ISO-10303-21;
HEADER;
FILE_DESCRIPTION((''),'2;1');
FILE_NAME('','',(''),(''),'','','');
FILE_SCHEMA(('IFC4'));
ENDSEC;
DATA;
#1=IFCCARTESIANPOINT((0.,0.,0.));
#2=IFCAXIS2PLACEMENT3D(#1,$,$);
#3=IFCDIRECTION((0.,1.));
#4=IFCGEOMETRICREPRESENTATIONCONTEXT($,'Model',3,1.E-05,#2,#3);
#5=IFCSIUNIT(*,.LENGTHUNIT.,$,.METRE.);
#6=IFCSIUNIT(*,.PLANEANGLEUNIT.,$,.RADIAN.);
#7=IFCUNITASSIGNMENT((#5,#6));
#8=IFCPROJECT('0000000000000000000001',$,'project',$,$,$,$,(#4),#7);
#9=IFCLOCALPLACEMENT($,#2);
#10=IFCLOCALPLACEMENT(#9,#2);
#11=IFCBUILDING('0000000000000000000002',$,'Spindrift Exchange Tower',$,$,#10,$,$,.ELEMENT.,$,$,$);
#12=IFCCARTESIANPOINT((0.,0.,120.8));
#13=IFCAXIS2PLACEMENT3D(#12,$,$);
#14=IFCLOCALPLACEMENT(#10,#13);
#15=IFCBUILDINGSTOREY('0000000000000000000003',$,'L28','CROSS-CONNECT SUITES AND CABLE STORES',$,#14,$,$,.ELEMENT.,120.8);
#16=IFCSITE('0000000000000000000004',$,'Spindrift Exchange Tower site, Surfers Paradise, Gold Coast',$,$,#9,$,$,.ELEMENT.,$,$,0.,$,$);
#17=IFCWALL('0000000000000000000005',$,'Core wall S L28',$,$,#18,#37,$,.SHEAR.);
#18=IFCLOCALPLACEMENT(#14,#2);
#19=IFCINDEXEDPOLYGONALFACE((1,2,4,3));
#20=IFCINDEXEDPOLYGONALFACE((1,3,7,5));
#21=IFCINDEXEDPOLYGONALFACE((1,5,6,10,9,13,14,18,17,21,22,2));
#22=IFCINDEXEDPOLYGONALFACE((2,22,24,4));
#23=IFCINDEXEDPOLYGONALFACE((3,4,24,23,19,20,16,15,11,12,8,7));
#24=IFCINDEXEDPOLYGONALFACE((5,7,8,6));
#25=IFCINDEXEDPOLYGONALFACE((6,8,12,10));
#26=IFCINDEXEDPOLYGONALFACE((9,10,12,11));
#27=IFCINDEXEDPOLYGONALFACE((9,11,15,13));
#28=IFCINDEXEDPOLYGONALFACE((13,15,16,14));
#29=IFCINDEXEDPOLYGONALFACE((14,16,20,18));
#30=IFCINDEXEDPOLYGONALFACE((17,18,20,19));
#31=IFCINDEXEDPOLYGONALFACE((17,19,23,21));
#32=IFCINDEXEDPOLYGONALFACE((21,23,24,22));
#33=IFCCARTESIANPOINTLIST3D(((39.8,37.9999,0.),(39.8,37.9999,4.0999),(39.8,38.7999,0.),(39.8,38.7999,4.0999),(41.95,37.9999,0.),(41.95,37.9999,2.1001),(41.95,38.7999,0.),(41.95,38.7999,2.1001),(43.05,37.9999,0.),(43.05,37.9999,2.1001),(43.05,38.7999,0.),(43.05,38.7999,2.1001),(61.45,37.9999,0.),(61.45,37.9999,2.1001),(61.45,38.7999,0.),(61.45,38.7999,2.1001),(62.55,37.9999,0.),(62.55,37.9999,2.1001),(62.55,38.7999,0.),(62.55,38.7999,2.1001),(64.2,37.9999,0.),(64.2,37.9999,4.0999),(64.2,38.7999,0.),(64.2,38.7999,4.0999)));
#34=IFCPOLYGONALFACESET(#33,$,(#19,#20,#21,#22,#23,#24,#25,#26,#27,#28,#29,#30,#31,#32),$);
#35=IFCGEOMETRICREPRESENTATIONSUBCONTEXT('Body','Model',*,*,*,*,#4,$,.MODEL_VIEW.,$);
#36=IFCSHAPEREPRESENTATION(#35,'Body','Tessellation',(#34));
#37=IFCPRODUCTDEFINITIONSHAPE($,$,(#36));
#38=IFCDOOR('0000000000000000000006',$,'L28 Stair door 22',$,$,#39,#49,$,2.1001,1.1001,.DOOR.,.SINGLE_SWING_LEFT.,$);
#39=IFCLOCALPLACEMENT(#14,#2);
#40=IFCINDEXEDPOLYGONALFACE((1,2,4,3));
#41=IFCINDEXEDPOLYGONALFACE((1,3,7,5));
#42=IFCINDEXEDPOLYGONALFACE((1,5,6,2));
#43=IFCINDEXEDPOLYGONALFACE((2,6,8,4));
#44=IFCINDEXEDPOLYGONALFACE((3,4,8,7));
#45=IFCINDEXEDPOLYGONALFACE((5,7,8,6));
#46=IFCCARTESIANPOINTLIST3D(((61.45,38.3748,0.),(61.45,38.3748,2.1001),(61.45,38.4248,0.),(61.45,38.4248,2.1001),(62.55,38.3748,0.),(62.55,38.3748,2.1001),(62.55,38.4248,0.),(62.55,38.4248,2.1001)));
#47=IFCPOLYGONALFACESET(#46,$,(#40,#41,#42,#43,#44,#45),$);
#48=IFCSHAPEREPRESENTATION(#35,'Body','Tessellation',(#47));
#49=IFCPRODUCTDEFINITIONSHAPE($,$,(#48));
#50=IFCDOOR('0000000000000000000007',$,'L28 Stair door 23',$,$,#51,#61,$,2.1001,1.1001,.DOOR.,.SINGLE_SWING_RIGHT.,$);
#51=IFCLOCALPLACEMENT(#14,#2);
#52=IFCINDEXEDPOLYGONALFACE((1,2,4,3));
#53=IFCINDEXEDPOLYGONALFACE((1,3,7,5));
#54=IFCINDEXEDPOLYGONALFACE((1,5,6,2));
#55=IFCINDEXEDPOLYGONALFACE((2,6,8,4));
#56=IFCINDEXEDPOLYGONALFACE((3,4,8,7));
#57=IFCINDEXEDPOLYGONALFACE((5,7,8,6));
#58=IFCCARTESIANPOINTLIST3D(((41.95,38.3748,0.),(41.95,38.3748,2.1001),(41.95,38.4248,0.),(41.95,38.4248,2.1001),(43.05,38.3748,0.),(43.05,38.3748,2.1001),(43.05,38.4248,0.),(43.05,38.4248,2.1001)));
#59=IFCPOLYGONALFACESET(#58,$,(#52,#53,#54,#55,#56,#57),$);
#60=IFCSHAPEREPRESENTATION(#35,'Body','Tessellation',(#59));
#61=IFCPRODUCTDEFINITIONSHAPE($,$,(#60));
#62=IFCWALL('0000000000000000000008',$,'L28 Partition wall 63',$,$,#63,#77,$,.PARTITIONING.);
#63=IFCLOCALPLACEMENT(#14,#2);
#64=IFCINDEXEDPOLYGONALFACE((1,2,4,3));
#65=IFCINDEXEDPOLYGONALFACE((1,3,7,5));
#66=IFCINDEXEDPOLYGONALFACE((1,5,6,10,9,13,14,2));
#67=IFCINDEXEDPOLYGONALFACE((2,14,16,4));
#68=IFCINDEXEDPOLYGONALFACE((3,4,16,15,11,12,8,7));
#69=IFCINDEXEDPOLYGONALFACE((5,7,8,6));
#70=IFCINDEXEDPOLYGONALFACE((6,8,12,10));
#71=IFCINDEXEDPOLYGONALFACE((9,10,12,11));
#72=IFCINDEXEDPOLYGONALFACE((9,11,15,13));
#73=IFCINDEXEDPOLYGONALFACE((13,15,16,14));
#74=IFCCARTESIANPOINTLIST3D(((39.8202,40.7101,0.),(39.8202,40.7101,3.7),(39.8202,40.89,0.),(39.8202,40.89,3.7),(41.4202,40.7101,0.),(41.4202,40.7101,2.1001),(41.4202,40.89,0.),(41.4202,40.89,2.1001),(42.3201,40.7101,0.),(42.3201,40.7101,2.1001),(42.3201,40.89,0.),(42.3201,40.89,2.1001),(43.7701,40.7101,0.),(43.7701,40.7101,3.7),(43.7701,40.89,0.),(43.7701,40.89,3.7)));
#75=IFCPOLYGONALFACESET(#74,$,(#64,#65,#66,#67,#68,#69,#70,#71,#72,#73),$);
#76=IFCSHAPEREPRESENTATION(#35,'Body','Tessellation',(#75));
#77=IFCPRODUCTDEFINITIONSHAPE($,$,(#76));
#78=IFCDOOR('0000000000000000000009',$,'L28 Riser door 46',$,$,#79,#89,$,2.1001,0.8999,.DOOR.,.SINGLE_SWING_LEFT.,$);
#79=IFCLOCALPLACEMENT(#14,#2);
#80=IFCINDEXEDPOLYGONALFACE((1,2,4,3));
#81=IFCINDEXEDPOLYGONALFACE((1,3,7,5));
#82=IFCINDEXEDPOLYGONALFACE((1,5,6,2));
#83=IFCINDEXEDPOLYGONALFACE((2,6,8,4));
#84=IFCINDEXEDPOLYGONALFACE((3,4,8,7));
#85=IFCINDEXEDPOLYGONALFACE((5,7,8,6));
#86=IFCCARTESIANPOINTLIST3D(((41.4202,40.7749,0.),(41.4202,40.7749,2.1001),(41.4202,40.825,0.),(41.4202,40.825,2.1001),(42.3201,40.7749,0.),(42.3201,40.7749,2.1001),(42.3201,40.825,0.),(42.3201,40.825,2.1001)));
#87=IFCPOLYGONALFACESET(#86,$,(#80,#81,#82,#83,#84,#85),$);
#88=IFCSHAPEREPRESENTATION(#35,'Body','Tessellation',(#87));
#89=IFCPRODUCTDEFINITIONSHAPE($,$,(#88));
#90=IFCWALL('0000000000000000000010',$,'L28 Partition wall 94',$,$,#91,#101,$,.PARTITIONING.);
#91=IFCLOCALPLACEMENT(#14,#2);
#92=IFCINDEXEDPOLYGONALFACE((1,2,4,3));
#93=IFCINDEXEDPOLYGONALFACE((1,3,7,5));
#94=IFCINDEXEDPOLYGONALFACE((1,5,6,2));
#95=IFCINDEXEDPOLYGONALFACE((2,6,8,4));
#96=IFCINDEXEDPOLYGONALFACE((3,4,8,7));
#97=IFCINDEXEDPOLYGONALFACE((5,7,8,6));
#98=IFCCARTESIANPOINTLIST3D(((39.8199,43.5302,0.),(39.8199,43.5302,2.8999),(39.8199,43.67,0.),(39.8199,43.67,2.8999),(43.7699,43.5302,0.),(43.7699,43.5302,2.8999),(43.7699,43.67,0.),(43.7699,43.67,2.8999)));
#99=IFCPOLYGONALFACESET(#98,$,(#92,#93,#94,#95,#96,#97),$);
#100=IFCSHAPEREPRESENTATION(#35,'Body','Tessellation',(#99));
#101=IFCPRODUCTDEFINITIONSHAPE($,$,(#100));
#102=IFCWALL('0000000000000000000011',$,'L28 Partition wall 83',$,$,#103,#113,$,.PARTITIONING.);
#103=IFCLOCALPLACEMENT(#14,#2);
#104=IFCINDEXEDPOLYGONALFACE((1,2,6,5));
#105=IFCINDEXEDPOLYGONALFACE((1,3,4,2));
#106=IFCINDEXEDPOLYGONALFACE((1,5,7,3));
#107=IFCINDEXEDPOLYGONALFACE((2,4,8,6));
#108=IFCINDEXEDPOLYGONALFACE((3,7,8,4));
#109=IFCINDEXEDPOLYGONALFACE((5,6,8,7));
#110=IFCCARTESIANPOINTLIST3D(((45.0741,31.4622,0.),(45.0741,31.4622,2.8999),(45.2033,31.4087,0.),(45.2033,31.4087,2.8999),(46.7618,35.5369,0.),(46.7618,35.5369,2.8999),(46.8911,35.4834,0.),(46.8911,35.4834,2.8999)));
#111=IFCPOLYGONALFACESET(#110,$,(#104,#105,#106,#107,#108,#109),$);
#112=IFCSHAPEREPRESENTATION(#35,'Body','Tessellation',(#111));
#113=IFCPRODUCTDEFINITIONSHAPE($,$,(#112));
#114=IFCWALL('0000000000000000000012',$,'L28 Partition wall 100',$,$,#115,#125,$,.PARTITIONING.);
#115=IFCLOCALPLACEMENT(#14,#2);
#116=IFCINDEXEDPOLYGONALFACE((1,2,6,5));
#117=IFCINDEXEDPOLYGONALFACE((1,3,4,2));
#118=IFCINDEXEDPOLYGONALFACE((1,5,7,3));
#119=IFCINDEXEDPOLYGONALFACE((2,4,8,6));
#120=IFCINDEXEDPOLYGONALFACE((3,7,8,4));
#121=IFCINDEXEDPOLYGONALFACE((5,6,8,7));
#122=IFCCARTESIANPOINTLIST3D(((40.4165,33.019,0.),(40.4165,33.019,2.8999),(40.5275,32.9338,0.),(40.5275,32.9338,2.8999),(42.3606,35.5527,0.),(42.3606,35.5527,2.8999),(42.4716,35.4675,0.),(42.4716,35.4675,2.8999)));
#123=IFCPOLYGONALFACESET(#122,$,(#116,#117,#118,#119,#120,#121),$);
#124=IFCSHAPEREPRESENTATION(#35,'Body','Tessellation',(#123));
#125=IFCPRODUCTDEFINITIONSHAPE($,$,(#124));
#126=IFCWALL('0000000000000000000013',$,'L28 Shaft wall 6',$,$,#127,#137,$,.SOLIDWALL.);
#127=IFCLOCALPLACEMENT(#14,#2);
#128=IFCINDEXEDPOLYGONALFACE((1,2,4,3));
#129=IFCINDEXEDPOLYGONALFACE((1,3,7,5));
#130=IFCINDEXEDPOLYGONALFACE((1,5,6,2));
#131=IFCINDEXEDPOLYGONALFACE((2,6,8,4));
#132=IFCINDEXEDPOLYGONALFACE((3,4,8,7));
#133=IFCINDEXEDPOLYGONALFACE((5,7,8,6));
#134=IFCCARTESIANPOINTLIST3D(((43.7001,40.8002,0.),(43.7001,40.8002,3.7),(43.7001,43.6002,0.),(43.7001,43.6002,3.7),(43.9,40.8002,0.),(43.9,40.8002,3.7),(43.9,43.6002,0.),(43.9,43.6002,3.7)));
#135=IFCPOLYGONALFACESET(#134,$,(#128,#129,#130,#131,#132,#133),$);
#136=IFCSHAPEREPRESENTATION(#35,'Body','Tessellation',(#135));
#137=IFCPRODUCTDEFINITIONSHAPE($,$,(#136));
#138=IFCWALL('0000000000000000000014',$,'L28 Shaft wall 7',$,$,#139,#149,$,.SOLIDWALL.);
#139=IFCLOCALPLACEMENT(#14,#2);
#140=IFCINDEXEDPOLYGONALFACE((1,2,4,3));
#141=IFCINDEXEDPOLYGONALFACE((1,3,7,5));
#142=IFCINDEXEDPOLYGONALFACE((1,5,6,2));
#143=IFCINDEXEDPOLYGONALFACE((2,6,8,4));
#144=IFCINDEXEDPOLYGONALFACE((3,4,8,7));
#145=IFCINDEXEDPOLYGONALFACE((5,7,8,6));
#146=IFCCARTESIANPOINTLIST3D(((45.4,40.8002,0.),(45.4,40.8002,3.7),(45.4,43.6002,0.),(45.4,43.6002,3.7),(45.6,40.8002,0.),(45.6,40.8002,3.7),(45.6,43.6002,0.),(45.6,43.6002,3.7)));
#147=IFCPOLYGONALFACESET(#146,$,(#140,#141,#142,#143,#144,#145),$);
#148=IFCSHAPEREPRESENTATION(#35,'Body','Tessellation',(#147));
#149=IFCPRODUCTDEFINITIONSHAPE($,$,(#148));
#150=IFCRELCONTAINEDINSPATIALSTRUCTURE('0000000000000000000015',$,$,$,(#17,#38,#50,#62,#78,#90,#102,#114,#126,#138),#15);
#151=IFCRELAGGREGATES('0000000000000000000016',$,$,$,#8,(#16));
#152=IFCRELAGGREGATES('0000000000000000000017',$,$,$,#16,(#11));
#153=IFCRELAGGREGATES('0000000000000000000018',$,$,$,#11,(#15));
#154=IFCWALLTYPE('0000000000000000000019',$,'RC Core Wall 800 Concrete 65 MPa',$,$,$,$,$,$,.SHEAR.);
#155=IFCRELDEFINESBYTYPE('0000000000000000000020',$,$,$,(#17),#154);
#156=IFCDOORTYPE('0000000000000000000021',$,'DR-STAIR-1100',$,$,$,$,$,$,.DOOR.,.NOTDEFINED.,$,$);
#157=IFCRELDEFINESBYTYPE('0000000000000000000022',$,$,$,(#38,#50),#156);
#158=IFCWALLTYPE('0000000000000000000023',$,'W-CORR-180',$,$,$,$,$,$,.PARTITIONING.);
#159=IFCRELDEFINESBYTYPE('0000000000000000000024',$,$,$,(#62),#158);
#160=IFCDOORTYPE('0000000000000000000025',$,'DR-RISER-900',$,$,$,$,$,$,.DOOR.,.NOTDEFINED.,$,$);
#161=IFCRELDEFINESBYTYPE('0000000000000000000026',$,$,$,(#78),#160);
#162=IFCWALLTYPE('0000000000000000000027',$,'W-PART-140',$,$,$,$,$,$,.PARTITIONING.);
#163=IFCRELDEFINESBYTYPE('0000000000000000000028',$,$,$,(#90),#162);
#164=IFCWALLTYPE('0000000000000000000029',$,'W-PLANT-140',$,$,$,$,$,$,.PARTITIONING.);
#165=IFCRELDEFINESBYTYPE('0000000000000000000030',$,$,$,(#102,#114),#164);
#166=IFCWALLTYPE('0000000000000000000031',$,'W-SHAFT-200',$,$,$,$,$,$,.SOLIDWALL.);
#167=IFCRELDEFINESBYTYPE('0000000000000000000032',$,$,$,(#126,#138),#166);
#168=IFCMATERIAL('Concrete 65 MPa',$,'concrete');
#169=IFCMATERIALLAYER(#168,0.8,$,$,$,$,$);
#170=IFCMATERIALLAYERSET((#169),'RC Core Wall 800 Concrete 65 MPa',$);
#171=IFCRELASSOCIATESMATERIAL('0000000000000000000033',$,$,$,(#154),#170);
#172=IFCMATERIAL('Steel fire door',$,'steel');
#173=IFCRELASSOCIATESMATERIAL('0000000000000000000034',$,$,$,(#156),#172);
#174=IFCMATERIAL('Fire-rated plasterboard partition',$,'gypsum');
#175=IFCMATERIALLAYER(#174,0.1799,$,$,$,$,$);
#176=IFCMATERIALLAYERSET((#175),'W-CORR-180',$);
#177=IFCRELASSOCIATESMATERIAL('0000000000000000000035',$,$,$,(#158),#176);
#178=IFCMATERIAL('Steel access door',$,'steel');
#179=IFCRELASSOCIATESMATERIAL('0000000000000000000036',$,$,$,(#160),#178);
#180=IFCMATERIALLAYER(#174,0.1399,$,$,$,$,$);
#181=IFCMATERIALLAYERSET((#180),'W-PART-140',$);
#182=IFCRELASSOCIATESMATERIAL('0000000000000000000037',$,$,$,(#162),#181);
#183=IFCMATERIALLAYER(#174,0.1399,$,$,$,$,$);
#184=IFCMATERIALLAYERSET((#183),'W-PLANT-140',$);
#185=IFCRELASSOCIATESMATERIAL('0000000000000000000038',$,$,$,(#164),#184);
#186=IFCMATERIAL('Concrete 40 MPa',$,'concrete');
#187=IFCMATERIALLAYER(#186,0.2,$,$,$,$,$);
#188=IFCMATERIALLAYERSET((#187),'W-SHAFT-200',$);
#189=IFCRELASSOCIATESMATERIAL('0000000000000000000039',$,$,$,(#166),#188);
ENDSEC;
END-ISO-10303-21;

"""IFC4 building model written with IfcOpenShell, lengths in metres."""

from ifc_helpers import new_model, si_unit, direction, frame, frame_2d, origin, place, context, subcontext, project, spatial, rectangle, extrude, source, transform, mapped, material, layer, layer_set, type_object, element, fill, save


model = new_model("IFC4")

# Units and contexts
model_context = context("Model", 3, precision=1e-05, world=origin(), true_north=direction((0.0, 1.0)))
body_context = subcontext(model_context, "Body", "Model", "MODEL_VIEW")
ifc_project = project(units=[si_unit("LENGTHUNIT", "METRE"), si_unit("PLANEANGLEUNIT", "RADIAN")], contexts=[model_context])

# Site, building, storey
site_placement = place(None, origin())
site = spatial("IfcSite", under=ifc_project, at=site_placement, Name="Spindrift Exchange Tower site, Surfers Paradise, Gold Coast", CompositionType="ELEMENT", RefElevation=0.0)
building_placement = place(site_placement, origin())
building = spatial("IfcBuilding", under=site, at=building_placement, Name="Spindrift Exchange Tower", CompositionType="ELEMENT")
storey_placement = place(building_placement, frame((0.0, 0.0, 120.8)))
storey = spatial("IfcBuildingStorey", under=building, at=storey_placement, Name="L28", Description="CROSS-CONNECT SUITES AND CABLE STORES", CompositionType="ELEMENT", Elevation=120.8)

# Shared definitions
ifc_material_1 = material(Name="Concrete 65 MPa", Category="concrete")

# Wall, openings, doors
ifc_layer_1 = layer(ifc_material_1, 0.8)
ifc_layer_set_1 = layer_set([ifc_layer_1], Name="RC Core Wall 800 Concrete 65 MPa")
wall_type_1 = type_object("IfcWallType", Name="RC Core Wall 800 Concrete 65 MPa", PredefinedType="SHEAR", material=ifc_layer_set_1)
wall_1_placement = place(storey_placement, frame((39.8, 38.3999, 0.0), z_axis=(0.0, 0.0, 1.0), x_axis=(1.0, 0.0, 0.0)))
wall_1 = element("IfcWall", 1, at=wall_1_placement, inside=storey, type_object=wall_type_1, Name="Core wall S L28", PredefinedType="SHEAR", context=body_context, shape_type="SweptSolid", body=[
    extrude(rectangle(XDim=24.3999, YDim=0.8, at=frame_2d((12.2, 0.0))), origin(), (0.0, 0.0, 1.0), 4.0999),
])
opening_1_placement = place(wall_1_placement, frame((21.6499, 0.0, 0.0)))
opening_1 = element("IfcOpeningElement", 2, at=opening_1_placement, cuts=wall_1, PredefinedType="OPENING", context=body_context, shape_type="SweptSolid", body=[
    extrude(rectangle(XDim=1.1001, YDim=2.1001, at=frame_2d((0.55, 1.05))), frame((0.0, 0.4099, 0.0), z_axis=(0.0, -1.0, 0.0), x_axis=(1.0, 0.0, 0.0)), (0.0, 0.0, 1.0), 0.8201),
])
opening_2_placement = place(wall_1_placement, frame((2.1499, 0.0, 0.0)))
opening_2 = element("IfcOpeningElement", 3, at=opening_2_placement, cuts=wall_1, PredefinedType="OPENING", context=body_context, shape_type="SweptSolid", body=[
    extrude(rectangle(XDim=1.1001, YDim=2.1001, at=frame_2d((0.55, 1.05))), frame((0.0, 0.4099, 0.0), z_axis=(0.0, -1.0, 0.0), x_axis=(1.0, 0.0, 0.0)), (0.0, 0.0, 1.0), 0.8201),
])
ifc_material_2 = material(Name="Steel fire door", Category="steel")
door_type_1 = type_object("IfcDoorType", Name="DR-STAIR-1100", OperationType="NOTDEFINED", PredefinedType="DOOR", material=ifc_material_2)
shared_shape_1 = source(origin(), body_context, "Body", "SweptSolid", [
    extrude(rectangle(XDim=1.1001, YDim=2.1001, at=frame_2d((0.55, 1.05))), frame((0.0, 0.0249, 0.0), z_axis=(0.0, -1.0, 0.0), x_axis=(1.0, 0.0, 0.0)), (0.0, 0.0, 1.0), 0.05),
])
door_1_placement = place(opening_1_placement, origin())
door_1 = element("IfcDoor", 4, at=door_1_placement, inside=storey, type_object=door_type_1, Name="L28 Stair door 22", OperationType="SINGLE_SWING_LEFT", OverallHeight=2.1001, OverallWidth=1.1001, PredefinedType="DOOR", context=body_context, shape_type="MappedRepresentation", body=[
    mapped(shared_shape_1, transform((0.0, 0.0, 0.0), scale=1.0)),
])
fill(opening_1, door_1)
door_2_placement = place(opening_2_placement, origin())
door_2 = element("IfcDoor", 5, at=door_2_placement, inside=storey, type_object=door_type_1, Name="L28 Stair door 23", OperationType="SINGLE_SWING_RIGHT", OverallHeight=2.1001, OverallWidth=1.1001, PredefinedType="DOOR", context=body_context, shape_type="MappedRepresentation", body=[
    mapped(shared_shape_1, transform((0.0, 0.0, 0.0), scale=1.0)),
])
fill(opening_2, door_2)

# Wall, opening, door
ifc_material_3 = material(Name="Fire-rated plasterboard partition", Category="gypsum")
ifc_layer_2 = layer(ifc_material_3, 0.1799)
ifc_layer_set_2 = layer_set([ifc_layer_2], Name="W-CORR-180")
wall_type_2 = type_object("IfcWallType", Name="W-CORR-180", PredefinedType="PARTITIONING", material=ifc_layer_set_2)
wall_2_placement = place(storey_placement, frame((39.8201, 40.8, 0.0), z_axis=(0.0, 0.0, 1.0), x_axis=(1.0, 0.0, 0.0)))
wall_2 = element("IfcWall", 6, at=wall_2_placement, inside=storey, type_object=wall_type_2, Name="L28 Partition wall 63", PredefinedType="PARTITIONING", context=body_context, shape_type="SweptSolid", body=[
    extrude(rectangle(XDim=3.95, YDim=0.1799, at=frame_2d((1.9751, 0.0))), origin(), (0.0, 0.0, 1.0), 3.7),
])
opening_3_placement = place(wall_2_placement, frame((1.6001, 0.0, 0.0)))
opening_3 = element("IfcOpeningElement", 7, at=opening_3_placement, cuts=wall_2, PredefinedType="OPENING", context=body_context, shape_type="SweptSolid", body=[
    extrude(rectangle(XDim=0.8999, YDim=2.1001, at=frame_2d((0.45, 1.05))), frame((0.0, 0.0999, 0.0), z_axis=(0.0, -1.0, 0.0), x_axis=(1.0, 0.0, 0.0)), (0.0, 0.0, 1.0), 0.2),
])
ifc_material_4 = material(Name="Steel access door", Category="steel")
door_type_2 = type_object("IfcDoorType", Name="DR-RISER-900", OperationType="NOTDEFINED", PredefinedType="DOOR", material=ifc_material_4)
shared_shape_2 = source(origin(), body_context, "Body", "SweptSolid", [
    extrude(rectangle(XDim=0.8999, YDim=2.1001, at=frame_2d((0.45, 1.05))), frame((0.0, 0.0249, 0.0), z_axis=(0.0, -1.0, 0.0), x_axis=(1.0, 0.0, 0.0)), (0.0, 0.0, 1.0), 0.05),
])
door_3_placement = place(opening_3_placement, origin())
door_3 = element("IfcDoor", 8, at=door_3_placement, inside=storey, type_object=door_type_2, Name="L28 Riser door 46", OperationType="SINGLE_SWING_LEFT", OverallHeight=2.1001, OverallWidth=0.8999, PredefinedType="DOOR", context=body_context, shape_type="MappedRepresentation", body=[
    mapped(shared_shape_2, transform((0.0, 0.0, 0.0), scale=1.0)),
])
fill(opening_3, door_3)

# Walls
ifc_layer_3 = layer(ifc_material_3, 0.1399)
ifc_layer_set_3 = layer_set([ifc_layer_3], Name="W-PART-140")
wall_type_3 = type_object("IfcWallType", Name="W-PART-140", PredefinedType="PARTITIONING", material=ifc_layer_set_3)
wall_3_placement = place(storey_placement, frame((43.77, 43.6001, 0.0), z_axis=(0.0, 0.0, 1.0), x_axis=(-1.0, 0.0, 0.0)))
element("IfcWall", 9, at=wall_3_placement, inside=storey, type_object=wall_type_3, Name="L28 Partition wall 94", PredefinedType="PARTITIONING", context=body_context, shape_type="SweptSolid", body=[
    extrude(rectangle(XDim=3.95, YDim=0.1399, at=frame_2d((1.9751, 0.0))), origin(), (0.0, 0.0, 1.0), 2.8999),
])
ifc_layer_4 = layer(ifc_material_3, 0.1399)
ifc_layer_set_4 = layer_set([ifc_layer_4], Name="W-PLANT-140")
wall_type_4 = type_object("IfcWallType", Name="W-PLANT-140", PredefinedType="PARTITIONING", material=ifc_layer_set_4)
wall_4_placement = place(storey_placement, frame((46.8264, 35.51, 0.0), z_axis=(0.0, 0.0, 1.0), x_axis=(-0.382673, -0.923884, 0.0)))
element("IfcWall", 10, at=wall_4_placement, inside=storey, type_object=wall_type_4, Name="L28 Partition wall 83", PredefinedType="PARTITIONING", context=body_context, shape_type="SweptSolid", body=[
    extrude(rectangle(XDim=4.4104, YDim=0.1399, at=frame_2d((2.2051, 0.0))), origin(), (0.0, 0.0, 1.0), 2.8999),
])
wall_5_placement = place(storey_placement, frame((42.416, 35.51, 0.0), z_axis=(0.0, 0.0, 1.0), x_axis=(-0.608746, -0.793365, 0.0)))
element("IfcWall", 11, at=wall_5_placement, inside=storey, type_object=wall_type_4, Name="L28 Partition wall 100", PredefinedType="PARTITIONING", context=body_context, shape_type="SweptSolid", body=[
    extrude(rectangle(XDim=3.1936, YDim=0.1399, at=frame_2d((1.5967, 0.0))), origin(), (0.0, 0.0, 1.0), 2.8999),
])
ifc_material_5 = material(Name="Concrete 40 MPa", Category="concrete")
ifc_layer_5 = layer(ifc_material_5, 0.2)
ifc_layer_set_5 = layer_set([ifc_layer_5], Name="W-SHAFT-200")
wall_type_5 = type_object("IfcWallType", Name="W-SHAFT-200", PredefinedType="SOLIDWALL", material=ifc_layer_set_5)
for number, where, z_axis, x_axis, name in (
    (12, (43.8, 43.6001, 0.0), (0.0, 0.0, 1.0), (0.0, -1.0, 0.0), "L28 Shaft wall 6"),
    (13, (45.5, 43.6001, 0.0), (0.0, 0.0, 1.0), (0.0, -1.0, 0.0), "L28 Shaft wall 7"),
):
    element("IfcWall", number, at=place(storey_placement, frame(where, z_axis=z_axis, x_axis=x_axis)), inside=storey, type_object=wall_type_5, Name=name, PredefinedType="SOLIDWALL", context=body_context, shape_type="SweptSolid", body=[
        extrude(rectangle(XDim=2.8, YDim=0.2, at=frame_2d((1.3999, 0.0))), origin(), (0.0, 0.0, 1.0), 3.7),
    ])

save(model, "model.ifc")
